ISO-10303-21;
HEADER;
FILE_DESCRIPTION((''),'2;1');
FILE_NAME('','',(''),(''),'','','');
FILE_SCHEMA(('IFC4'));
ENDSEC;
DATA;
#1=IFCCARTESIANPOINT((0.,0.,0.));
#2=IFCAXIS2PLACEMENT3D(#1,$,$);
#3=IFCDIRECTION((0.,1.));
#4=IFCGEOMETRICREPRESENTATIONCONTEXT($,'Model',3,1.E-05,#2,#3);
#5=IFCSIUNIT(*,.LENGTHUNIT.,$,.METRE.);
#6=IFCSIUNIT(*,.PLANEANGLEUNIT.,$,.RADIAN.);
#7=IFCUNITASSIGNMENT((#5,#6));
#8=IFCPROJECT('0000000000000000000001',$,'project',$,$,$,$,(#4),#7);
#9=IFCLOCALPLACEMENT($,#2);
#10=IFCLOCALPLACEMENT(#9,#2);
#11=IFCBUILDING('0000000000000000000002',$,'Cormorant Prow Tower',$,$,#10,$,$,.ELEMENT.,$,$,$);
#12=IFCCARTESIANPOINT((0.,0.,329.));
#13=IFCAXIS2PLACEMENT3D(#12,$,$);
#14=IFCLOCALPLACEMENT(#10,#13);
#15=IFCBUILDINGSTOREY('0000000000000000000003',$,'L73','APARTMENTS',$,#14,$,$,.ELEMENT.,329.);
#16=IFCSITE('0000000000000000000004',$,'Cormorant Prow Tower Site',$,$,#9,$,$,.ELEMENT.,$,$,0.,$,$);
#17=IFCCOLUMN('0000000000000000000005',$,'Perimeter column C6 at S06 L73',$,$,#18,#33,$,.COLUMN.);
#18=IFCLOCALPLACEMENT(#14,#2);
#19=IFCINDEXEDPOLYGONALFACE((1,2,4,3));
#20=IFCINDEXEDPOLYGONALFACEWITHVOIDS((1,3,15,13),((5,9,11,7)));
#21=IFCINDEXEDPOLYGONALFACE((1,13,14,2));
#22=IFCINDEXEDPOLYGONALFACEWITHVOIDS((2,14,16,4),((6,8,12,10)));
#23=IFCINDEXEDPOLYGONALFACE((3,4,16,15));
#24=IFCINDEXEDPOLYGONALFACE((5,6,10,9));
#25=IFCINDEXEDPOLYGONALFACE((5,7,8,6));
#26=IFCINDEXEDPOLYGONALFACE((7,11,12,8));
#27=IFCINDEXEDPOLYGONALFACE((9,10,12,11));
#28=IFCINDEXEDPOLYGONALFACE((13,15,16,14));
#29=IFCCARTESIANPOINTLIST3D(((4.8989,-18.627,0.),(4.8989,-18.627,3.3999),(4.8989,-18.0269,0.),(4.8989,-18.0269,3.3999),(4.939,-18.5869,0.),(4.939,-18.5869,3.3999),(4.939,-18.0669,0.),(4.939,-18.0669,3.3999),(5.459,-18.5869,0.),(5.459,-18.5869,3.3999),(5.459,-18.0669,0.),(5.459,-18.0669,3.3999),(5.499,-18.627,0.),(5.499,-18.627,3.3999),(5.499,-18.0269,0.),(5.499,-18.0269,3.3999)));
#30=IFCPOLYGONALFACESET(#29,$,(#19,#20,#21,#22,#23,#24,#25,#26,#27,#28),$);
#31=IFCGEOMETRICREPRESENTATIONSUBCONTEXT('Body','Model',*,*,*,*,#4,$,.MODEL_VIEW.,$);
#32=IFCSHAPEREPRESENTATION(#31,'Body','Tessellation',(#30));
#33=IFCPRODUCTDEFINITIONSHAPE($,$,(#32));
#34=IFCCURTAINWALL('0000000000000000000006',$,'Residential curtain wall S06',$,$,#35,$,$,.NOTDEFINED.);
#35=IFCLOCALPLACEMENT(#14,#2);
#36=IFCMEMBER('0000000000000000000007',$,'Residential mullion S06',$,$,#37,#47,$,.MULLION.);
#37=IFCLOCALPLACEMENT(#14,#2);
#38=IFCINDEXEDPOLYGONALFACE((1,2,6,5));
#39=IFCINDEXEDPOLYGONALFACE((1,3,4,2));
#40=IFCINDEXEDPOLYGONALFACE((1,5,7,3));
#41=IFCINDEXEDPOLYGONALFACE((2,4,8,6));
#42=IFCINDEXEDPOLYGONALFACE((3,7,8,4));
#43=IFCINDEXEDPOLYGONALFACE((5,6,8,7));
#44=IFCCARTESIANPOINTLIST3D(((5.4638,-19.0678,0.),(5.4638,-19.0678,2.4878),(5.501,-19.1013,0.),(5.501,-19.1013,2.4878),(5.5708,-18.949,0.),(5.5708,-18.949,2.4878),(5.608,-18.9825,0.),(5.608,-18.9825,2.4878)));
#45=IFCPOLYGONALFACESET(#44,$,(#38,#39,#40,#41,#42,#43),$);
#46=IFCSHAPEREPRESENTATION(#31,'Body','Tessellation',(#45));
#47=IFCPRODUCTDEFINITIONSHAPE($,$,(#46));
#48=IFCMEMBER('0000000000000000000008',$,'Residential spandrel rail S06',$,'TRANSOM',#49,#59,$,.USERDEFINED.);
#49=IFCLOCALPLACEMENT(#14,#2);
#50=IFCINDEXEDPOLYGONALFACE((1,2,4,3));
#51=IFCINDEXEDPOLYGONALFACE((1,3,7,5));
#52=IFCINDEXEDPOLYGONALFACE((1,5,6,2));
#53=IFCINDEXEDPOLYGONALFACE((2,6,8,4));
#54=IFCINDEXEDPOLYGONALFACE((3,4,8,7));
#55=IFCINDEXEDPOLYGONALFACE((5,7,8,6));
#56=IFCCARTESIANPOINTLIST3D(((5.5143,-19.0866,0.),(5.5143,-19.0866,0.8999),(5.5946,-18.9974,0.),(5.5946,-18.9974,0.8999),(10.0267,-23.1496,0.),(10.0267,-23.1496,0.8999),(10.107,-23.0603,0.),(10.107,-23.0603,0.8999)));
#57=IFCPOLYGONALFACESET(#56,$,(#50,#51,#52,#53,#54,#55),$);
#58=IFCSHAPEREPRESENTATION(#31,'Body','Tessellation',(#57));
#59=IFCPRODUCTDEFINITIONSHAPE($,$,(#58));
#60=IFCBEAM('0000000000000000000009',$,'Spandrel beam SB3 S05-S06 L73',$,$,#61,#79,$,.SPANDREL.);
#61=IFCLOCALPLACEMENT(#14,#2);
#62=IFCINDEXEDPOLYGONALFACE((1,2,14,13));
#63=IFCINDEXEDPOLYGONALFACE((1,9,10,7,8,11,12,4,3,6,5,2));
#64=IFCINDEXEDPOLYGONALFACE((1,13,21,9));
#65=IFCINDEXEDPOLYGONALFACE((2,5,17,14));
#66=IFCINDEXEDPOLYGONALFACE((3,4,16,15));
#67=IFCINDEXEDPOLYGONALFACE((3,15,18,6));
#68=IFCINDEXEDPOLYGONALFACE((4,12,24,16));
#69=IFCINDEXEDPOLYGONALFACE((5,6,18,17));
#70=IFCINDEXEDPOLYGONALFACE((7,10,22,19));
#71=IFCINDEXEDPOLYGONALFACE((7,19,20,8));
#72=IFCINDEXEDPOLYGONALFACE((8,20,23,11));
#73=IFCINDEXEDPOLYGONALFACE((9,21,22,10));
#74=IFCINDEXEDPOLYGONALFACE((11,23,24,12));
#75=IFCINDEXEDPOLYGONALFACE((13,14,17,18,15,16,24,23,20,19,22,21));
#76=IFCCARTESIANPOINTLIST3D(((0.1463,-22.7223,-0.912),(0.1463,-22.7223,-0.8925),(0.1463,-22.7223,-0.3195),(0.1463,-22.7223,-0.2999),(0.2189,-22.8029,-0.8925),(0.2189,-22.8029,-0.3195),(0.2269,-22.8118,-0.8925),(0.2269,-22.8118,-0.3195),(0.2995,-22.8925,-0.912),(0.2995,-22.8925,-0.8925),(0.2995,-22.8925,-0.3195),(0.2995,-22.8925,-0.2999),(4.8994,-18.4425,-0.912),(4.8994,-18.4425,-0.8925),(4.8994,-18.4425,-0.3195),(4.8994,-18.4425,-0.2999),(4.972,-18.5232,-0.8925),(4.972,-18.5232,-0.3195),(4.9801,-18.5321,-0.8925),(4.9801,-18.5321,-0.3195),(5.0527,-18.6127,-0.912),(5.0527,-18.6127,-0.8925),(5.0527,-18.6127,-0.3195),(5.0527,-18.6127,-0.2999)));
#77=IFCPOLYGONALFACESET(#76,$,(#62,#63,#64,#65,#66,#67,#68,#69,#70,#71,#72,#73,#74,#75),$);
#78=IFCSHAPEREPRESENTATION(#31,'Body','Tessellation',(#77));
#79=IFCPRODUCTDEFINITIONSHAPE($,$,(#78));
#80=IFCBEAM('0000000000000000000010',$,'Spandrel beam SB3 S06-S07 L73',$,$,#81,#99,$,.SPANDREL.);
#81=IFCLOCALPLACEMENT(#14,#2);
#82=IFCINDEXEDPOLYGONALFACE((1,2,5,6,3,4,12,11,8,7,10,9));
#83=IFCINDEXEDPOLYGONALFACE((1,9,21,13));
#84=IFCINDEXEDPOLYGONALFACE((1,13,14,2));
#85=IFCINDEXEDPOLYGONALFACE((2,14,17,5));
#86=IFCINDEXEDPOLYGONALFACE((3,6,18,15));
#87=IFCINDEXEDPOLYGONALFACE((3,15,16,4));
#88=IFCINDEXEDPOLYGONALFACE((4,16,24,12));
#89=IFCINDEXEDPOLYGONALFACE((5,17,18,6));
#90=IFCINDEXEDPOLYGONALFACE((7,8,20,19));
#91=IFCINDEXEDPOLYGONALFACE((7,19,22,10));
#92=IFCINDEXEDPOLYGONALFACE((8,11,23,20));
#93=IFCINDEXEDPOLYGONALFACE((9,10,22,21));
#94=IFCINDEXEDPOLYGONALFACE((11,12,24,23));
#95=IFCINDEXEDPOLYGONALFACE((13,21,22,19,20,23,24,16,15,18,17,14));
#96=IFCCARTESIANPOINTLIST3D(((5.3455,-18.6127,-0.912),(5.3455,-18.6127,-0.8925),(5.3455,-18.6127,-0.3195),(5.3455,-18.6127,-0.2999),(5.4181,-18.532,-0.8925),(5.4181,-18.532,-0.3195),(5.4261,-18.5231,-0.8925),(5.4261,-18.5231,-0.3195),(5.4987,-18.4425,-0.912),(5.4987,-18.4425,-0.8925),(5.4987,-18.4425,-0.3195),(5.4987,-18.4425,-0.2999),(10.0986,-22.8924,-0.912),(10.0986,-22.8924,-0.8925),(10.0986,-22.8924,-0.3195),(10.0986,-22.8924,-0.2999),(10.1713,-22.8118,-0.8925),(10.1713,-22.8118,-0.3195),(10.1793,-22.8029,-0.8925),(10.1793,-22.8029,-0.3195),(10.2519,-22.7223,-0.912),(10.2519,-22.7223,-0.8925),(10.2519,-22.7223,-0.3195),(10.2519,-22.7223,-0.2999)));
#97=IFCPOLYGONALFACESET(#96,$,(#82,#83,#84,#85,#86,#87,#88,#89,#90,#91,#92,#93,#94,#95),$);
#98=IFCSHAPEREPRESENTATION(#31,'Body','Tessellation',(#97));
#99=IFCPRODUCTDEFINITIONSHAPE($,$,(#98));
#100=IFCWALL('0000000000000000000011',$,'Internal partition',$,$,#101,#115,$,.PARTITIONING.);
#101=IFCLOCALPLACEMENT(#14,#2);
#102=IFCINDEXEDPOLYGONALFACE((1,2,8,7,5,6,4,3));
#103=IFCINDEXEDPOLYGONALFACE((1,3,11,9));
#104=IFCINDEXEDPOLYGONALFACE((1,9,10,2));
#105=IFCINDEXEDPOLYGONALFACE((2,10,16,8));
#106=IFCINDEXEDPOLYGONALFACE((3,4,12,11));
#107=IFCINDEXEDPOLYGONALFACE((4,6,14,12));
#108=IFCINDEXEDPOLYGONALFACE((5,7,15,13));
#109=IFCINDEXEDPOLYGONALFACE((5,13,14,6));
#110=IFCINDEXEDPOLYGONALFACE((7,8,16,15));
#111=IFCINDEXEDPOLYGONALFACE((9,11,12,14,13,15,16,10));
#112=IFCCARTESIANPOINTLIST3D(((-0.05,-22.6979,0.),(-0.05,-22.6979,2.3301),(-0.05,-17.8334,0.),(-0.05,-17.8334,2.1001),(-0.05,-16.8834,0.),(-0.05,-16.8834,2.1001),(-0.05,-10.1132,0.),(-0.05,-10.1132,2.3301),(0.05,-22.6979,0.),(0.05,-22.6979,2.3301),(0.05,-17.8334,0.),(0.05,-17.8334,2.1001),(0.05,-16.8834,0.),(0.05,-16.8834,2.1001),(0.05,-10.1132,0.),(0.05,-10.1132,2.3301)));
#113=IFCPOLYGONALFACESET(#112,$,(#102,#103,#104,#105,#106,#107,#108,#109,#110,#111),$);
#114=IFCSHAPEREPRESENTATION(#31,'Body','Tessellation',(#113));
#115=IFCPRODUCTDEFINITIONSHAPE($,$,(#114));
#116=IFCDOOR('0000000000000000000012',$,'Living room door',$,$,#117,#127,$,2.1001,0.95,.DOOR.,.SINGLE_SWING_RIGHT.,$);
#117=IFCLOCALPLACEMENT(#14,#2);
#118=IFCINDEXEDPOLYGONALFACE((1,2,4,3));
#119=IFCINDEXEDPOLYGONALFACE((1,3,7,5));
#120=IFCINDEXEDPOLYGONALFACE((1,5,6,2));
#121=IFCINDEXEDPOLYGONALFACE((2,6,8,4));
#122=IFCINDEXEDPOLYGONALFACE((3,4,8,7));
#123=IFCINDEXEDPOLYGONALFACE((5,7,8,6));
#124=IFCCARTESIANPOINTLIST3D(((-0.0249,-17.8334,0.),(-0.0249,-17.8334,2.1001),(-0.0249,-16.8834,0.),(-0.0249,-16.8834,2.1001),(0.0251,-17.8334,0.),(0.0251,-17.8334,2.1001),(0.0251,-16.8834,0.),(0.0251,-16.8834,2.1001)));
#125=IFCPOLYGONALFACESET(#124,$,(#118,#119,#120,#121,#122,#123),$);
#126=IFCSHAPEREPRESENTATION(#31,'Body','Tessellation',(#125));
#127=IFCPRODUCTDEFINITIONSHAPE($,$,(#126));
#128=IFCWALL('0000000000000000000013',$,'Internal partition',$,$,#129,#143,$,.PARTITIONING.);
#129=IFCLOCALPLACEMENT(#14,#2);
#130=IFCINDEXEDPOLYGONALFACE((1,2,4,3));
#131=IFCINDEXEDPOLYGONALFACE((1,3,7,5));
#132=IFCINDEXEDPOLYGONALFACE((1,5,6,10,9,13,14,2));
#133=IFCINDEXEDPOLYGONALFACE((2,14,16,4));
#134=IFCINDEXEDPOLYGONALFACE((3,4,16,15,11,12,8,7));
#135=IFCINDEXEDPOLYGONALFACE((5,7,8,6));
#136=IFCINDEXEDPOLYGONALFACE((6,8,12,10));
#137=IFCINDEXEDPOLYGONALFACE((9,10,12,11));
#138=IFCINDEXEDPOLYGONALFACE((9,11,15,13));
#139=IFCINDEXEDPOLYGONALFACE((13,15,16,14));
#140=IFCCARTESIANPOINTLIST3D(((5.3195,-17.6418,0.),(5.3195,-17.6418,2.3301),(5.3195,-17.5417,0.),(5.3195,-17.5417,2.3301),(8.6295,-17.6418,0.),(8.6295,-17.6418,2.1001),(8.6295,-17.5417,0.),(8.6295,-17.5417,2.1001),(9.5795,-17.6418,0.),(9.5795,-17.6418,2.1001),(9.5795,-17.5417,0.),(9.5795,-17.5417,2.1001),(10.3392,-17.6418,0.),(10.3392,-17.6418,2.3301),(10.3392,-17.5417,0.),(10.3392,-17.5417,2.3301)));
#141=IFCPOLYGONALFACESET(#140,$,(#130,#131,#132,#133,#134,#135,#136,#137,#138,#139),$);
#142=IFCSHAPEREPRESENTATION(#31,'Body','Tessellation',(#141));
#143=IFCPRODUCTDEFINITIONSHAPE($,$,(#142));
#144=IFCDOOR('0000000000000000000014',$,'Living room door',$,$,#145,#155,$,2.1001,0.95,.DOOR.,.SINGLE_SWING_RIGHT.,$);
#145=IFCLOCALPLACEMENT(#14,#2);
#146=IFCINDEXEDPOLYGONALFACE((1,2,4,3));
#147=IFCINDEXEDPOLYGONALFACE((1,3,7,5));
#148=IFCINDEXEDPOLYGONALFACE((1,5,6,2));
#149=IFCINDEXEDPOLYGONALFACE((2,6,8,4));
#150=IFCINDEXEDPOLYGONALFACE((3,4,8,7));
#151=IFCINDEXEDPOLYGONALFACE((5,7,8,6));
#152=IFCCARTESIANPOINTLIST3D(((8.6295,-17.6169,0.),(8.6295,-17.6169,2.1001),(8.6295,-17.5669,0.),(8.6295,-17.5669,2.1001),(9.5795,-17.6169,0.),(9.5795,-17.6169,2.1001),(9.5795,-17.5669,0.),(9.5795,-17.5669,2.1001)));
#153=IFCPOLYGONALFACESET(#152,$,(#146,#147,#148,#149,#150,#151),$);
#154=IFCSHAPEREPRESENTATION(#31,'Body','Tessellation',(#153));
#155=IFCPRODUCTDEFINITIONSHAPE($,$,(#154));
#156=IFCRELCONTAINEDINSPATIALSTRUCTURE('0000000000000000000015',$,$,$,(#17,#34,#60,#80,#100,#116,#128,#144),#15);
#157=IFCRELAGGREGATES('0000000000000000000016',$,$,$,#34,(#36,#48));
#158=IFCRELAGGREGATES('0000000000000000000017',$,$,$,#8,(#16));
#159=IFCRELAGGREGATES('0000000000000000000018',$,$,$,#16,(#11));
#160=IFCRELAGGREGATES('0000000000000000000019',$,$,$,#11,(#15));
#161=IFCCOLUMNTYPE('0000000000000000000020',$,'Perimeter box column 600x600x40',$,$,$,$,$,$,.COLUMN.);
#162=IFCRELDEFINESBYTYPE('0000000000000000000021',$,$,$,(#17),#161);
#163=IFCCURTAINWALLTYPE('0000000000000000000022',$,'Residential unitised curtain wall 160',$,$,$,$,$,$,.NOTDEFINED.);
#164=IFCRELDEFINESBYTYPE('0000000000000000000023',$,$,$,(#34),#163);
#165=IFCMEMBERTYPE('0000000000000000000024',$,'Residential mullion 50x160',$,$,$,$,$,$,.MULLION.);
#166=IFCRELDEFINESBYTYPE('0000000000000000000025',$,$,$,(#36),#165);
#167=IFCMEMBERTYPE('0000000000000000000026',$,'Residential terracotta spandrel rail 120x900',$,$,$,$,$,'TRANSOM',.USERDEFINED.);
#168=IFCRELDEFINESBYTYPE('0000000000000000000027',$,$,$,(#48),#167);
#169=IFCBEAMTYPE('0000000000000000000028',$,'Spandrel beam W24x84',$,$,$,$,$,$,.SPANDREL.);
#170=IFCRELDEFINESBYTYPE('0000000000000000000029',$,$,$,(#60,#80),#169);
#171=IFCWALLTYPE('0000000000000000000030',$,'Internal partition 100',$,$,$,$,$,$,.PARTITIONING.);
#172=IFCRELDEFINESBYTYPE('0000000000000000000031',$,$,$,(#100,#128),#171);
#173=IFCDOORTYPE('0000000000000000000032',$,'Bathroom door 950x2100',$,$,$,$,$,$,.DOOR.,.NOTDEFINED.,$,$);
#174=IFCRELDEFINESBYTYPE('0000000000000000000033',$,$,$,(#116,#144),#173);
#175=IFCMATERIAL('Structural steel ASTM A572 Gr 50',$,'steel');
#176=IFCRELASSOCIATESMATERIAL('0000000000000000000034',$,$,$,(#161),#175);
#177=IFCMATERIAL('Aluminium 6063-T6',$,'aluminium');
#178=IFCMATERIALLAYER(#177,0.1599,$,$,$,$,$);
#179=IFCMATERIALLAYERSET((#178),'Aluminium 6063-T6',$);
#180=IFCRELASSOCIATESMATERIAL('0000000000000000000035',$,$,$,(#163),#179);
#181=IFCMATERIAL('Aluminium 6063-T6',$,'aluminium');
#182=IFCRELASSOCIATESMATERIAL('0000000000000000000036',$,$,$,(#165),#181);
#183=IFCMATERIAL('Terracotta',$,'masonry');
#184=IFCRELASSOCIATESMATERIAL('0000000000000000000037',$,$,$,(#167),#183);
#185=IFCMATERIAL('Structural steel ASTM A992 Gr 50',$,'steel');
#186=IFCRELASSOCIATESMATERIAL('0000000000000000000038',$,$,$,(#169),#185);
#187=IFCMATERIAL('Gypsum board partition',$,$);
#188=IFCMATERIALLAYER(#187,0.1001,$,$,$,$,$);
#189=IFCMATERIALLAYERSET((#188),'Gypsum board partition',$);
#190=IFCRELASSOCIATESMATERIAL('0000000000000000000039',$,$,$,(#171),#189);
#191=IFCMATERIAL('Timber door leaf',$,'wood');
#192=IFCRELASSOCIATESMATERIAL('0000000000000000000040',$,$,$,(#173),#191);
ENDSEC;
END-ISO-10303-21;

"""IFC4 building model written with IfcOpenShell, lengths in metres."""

from ifc_helpers import new_model, si_unit, direction, frame, frame_2d, origin, origin_2d, place, context, subcontext, project, spatial, rectangle, hollow_rectangle, i_section, extrude, material, layer, layer_set, material_profile, profile_set, type_object, element, fill, aggregate, save


model = new_model("IFC4")

# Units and contexts
model_context = context("Model", 3, precision=1e-05, world=origin(), true_north=direction((0.0, 1.0)))
body_context = subcontext(model_context, "Body", "Model", "MODEL_VIEW")
ifc_project = project(units=[si_unit("LENGTHUNIT", "METRE"), si_unit("PLANEANGLEUNIT", "RADIAN")], contexts=[model_context])

# Site, building, storey
site_placement = place(None, origin())
site = spatial("IfcSite", under=ifc_project, at=site_placement, Name="Cormorant Prow Tower Site", CompositionType="ELEMENT", RefElevation=0.0)
building_placement = place(site_placement, origin())
building = spatial("IfcBuilding", under=site, at=building_placement, Name="Cormorant Prow Tower", CompositionType="ELEMENT")
storey_placement = place(building_placement, frame((0.0, 0.0, 329.0)))
storey = spatial("IfcBuildingStorey", under=building, at=storey_placement, Name="L73", Description="APARTMENTS", CompositionType="ELEMENT", Elevation=329.0)

# Column
ifc_material_1 = material(Name="Structural steel ASTM A572 Gr 50", Category="steel")
ifc_material_profile_1 = material_profile(ifc_material_1, hollow_rectangle(XDim=0.6001, YDim=0.6001, WallThickness=0.04, at=origin_2d()), Name="Box 600x600x40")
ifc_profile_set_1 = profile_set([ifc_material_profile_1], Name="Structural steel ASTM A572 Gr 50")
column_type = type_object("IfcColumnType", Name="Perimeter box column 600x600x40", PredefinedType="COLUMN", material=ifc_profile_set_1)
column_placement = place(storey_placement, frame((5.199, -18.3269, 0.0), z_axis=(0.0, 0.0, 1.0), x_axis=(1.0, 0.0, 0.0)))
element("IfcColumn", 1, at=column_placement, inside=storey, type_object=column_type, Name="Perimeter column C6 at S06 L73", PredefinedType="COLUMN", context=body_context, shape_type="SweptSolid", body=[
    extrude(hollow_rectangle(XDim=0.6001, YDim=0.6001, WallThickness=0.04, at=origin_2d()), origin(), (0.0, 0.0, 1.0), 3.3999),
])

# Curtain wall, members
ifc_material_2 = material(Name="Aluminium 6063-T6", Category="aluminium")
ifc_layer_1 = layer(ifc_material_2, 0.1599)
ifc_layer_set_1 = layer_set([ifc_layer_1], Name="Aluminium 6063-T6")
curtain_wall_type = type_object("IfcCurtainWallType", Name="Residential unitised curtain wall 160", PredefinedType="NOTDEFINED", material=ifc_layer_set_1)
curtain_wall_placement = place(storey_placement, origin())
curtain_wall = element("IfcCurtainWall", 2, at=curtain_wall_placement, inside=storey, type_object=curtain_wall_type, Name="Residential curtain wall S06", PredefinedType="NOTDEFINED")
ifc_material_3 = material(Name="Aluminium 6063-T6", Category="aluminium")
ifc_material_profile_2 = material_profile(ifc_material_3, rectangle(XDim=0.1599, YDim=0.05, at=origin_2d()), Name="Residential mullion 50x160")
ifc_profile_set_2 = profile_set([ifc_material_profile_2], Name="Aluminium 6063-T6")
member_type_1 = type_object("IfcMemberType", Name="Residential mullion 50x160", PredefinedType="MULLION", material=ifc_profile_set_2)
member_1_placement = place(storey_placement, frame((5.5359, -19.0251, 0.0), z_axis=(0.0, 0.0, 1.0), x_axis=(0.669131, 0.743145, 0.0)))
member_1 = element("IfcMember", 3, at=member_1_placement, type_object=member_type_1, Name="Residential mullion S06", PredefinedType="MULLION", context=body_context, shape_type="SweptSolid", body=[
    extrude(rectangle(XDim=0.1599, YDim=0.05, at=origin_2d()), origin(), (0.0, 0.0, 1.0), 2.4878),
])
ifc_material_4 = material(Name="Terracotta", Category="masonry")
ifc_material_profile_3 = material_profile(ifc_material_4, rectangle(XDim=0.1201, YDim=0.8999, at=origin_2d()), Name="Residential terracotta spandrel rail 120x900")
ifc_profile_set_3 = profile_set([ifc_material_profile_3], Name="Terracotta")
member_type_2 = type_object("IfcMemberType", Name="Residential terracotta spandrel rail 120x900", ElementType="TRANSOM", PredefinedType="USERDEFINED", material=ifc_profile_set_3)
member_2_placement = place(storey_placement, frame((5.5544, -19.042, 0.45), z_axis=(0.743148, -0.669127, 0.0), x_axis=(0.669127, 0.743148, 0.0)))
member_2 = element("IfcMember", 4, at=member_2_placement, type_object=member_type_2, Name="Residential spandrel rail S06", ObjectType="TRANSOM", PredefinedType="USERDEFINED", context=body_context, shape_type="SweptSolid", body=[
    extrude(rectangle(XDim=0.1201, YDim=0.8999, at=origin_2d()), origin(), (0.0, 0.0, 1.0), 6.072),
])
aggregate(curtain_wall, [member_1, member_2])

# Beams
ifc_material_5 = material(Name="Structural steel ASTM A992 Gr 50", Category="steel")
ifc_material_profile_4 = material_profile(ifc_material_5, i_section(OverallWidth=0.229, OverallDepth=0.6121, WebThickness=0.012, FlangeThickness=0.0195, at=origin_2d()), Name="W24x84")
ifc_profile_set_4 = profile_set([ifc_material_profile_4], Name="Structural steel ASTM A992 Gr 50")
beam_type = type_object("IfcBeamType", Name="Spandrel beam W24x84", PredefinedType="SPANDREL", material=ifc_profile_set_4)
for number, where, z_axis, x_axis, name in (
    (5, (0.2229, -22.8074, -0.606), (0.743144, 0.669131, 0.0), (-0.669131, 0.743144, 0.0), "Spandrel beam SB3 S05-S06 L73"),
    (6, (5.4221, -18.5276, -0.606), (0.743144, -0.669131, 0.0), (0.669131, 0.743144, 0.0), "Spandrel beam SB3 S06-S07 L73"),
):
    element("IfcBeam", number, at=place(storey_placement, frame(where, z_axis=z_axis, x_axis=x_axis)), inside=storey, type_object=beam_type, Name=name, PredefinedType="SPANDREL", context=body_context, shape_type="SweptSolid", body=[
        extrude(i_section(OverallWidth=0.229, OverallDepth=0.6121, WebThickness=0.012, FlangeThickness=0.0195, at=origin_2d()), origin(), (0.0, 0.0, 1.0), 6.396),
    ])

# Walls, openings, doors
ifc_material_6 = material(Name="Gypsum board partition")
ifc_layer_2 = layer(ifc_material_6, 0.1001)
ifc_layer_set_2 = layer_set([ifc_layer_2], Name="Gypsum board partition")
wall_type_1 = type_object("IfcWallType", Name="Internal partition 100", PredefinedType="PARTITIONING", material=ifc_layer_set_2)
wall_1_placement = place(storey_placement, frame((0.0, -22.698, 0.0), z_axis=(0.0, 0.0, 1.0), x_axis=(0.0, 1.0, 0.0)))
wall_1 = element("IfcWall", 7, at=wall_1_placement, inside=storey, type_object=wall_type_1, Name="Internal partition", PredefinedType="PARTITIONING", context=body_context, shape_type="SweptSolid", body=[
    extrude(rectangle(XDim=12.5847, YDim=0.1001, at=frame_2d((6.2925, 0.0))), origin(), (0.0, 0.0, 1.0), 2.3301),
])
opening_1_placement = place(wall_1_placement, frame((4.8645, 0.0, 0.0)))
opening_1 = element("IfcOpeningElement", 8, at=opening_1_placement, cuts=wall_1, PredefinedType="OPENING", context=body_context, shape_type="SweptSolid", body=[
    extrude(rectangle(XDim=0.95, YDim=2.1001, at=frame_2d((0.4751, 1.05))), frame((0.0, 0.0601, 0.0), z_axis=(0.0, -1.0, 0.0), x_axis=(1.0, 0.0, 0.0)), (0.0, 0.0, 1.0), 0.1201),
])
ifc_material_7 = material(Name="Timber door leaf", Category="wood")
door_type_1 = type_object("IfcDoorType", Name="Bathroom door 950x2100", OperationType="NOTDEFINED", PredefinedType="DOOR", material=ifc_material_7)
door_1_placement = place(opening_1_placement, origin())
door_1 = element("IfcDoor", 9, at=door_1_placement, inside=storey, type_object=door_type_1, Name="Living room door", OperationType="SINGLE_SWING_RIGHT", OverallHeight=2.1001, OverallWidth=0.95, PredefinedType="DOOR", context=body_context, shape_type="SweptSolid", body=[
    extrude(rectangle(XDim=0.95, YDim=2.1001, at=frame_2d((0.4751, 1.05))), frame((0.0, 0.0249, 0.0), z_axis=(0.0, -1.0, 0.0), x_axis=(1.0, 0.0, 0.0)), (0.0, 0.0, 1.0), 0.05),
])
fill(opening_1, door_1)
wall_2_placement = place(storey_placement, frame((5.3196, -17.5918, 0.0), z_axis=(0.0, 0.0, 1.0), x_axis=(1.0, 0.0, 0.0)))
wall_2 = element("IfcWall", 10, at=wall_2_placement, inside=storey, type_object=wall_type_1, Name="Internal partition", PredefinedType="PARTITIONING", context=body_context, shape_type="SweptSolid", body=[
    extrude(rectangle(XDim=5.0198, YDim=0.1001, at=frame_2d((2.5098, 0.0))), origin(), (0.0, 0.0, 1.0), 2.3301),
])
opening_2_placement = place(wall_2_placement, frame((3.3098, 0.0, 0.0)))
opening_2 = element("IfcOpeningElement", 11, at=opening_2_placement, cuts=wall_2, PredefinedType="OPENING", context=body_context, shape_type="SweptSolid", body=[
    extrude(rectangle(XDim=0.95, YDim=2.1001, at=frame_2d((0.4751, 1.05))), frame((0.0, 0.0601, 0.0), z_axis=(0.0, -1.0, 0.0), x_axis=(1.0, 0.0, 0.0)), (0.0, 0.0, 1.0), 0.1201),
])
door_2_placement = place(opening_2_placement, origin())
door_2 = element("IfcDoor", 12, at=door_2_placement, inside=storey, type_object=door_type_1, Name="Living room door", OperationType="SINGLE_SWING_RIGHT", OverallHeight=2.1001, OverallWidth=0.95, PredefinedType="DOOR", context=body_context, shape_type="SweptSolid", body=[
    extrude(rectangle(XDim=0.95, YDim=2.1001, at=frame_2d((0.4751, 1.05))), frame((0.0, 0.0249, 0.0), z_axis=(0.0, -1.0, 0.0), x_axis=(1.0, 0.0, 0.0)), (0.0, 0.0, 1.0), 0.05),
])
fill(opening_2, door_2)

save(model, "model.ifc")
